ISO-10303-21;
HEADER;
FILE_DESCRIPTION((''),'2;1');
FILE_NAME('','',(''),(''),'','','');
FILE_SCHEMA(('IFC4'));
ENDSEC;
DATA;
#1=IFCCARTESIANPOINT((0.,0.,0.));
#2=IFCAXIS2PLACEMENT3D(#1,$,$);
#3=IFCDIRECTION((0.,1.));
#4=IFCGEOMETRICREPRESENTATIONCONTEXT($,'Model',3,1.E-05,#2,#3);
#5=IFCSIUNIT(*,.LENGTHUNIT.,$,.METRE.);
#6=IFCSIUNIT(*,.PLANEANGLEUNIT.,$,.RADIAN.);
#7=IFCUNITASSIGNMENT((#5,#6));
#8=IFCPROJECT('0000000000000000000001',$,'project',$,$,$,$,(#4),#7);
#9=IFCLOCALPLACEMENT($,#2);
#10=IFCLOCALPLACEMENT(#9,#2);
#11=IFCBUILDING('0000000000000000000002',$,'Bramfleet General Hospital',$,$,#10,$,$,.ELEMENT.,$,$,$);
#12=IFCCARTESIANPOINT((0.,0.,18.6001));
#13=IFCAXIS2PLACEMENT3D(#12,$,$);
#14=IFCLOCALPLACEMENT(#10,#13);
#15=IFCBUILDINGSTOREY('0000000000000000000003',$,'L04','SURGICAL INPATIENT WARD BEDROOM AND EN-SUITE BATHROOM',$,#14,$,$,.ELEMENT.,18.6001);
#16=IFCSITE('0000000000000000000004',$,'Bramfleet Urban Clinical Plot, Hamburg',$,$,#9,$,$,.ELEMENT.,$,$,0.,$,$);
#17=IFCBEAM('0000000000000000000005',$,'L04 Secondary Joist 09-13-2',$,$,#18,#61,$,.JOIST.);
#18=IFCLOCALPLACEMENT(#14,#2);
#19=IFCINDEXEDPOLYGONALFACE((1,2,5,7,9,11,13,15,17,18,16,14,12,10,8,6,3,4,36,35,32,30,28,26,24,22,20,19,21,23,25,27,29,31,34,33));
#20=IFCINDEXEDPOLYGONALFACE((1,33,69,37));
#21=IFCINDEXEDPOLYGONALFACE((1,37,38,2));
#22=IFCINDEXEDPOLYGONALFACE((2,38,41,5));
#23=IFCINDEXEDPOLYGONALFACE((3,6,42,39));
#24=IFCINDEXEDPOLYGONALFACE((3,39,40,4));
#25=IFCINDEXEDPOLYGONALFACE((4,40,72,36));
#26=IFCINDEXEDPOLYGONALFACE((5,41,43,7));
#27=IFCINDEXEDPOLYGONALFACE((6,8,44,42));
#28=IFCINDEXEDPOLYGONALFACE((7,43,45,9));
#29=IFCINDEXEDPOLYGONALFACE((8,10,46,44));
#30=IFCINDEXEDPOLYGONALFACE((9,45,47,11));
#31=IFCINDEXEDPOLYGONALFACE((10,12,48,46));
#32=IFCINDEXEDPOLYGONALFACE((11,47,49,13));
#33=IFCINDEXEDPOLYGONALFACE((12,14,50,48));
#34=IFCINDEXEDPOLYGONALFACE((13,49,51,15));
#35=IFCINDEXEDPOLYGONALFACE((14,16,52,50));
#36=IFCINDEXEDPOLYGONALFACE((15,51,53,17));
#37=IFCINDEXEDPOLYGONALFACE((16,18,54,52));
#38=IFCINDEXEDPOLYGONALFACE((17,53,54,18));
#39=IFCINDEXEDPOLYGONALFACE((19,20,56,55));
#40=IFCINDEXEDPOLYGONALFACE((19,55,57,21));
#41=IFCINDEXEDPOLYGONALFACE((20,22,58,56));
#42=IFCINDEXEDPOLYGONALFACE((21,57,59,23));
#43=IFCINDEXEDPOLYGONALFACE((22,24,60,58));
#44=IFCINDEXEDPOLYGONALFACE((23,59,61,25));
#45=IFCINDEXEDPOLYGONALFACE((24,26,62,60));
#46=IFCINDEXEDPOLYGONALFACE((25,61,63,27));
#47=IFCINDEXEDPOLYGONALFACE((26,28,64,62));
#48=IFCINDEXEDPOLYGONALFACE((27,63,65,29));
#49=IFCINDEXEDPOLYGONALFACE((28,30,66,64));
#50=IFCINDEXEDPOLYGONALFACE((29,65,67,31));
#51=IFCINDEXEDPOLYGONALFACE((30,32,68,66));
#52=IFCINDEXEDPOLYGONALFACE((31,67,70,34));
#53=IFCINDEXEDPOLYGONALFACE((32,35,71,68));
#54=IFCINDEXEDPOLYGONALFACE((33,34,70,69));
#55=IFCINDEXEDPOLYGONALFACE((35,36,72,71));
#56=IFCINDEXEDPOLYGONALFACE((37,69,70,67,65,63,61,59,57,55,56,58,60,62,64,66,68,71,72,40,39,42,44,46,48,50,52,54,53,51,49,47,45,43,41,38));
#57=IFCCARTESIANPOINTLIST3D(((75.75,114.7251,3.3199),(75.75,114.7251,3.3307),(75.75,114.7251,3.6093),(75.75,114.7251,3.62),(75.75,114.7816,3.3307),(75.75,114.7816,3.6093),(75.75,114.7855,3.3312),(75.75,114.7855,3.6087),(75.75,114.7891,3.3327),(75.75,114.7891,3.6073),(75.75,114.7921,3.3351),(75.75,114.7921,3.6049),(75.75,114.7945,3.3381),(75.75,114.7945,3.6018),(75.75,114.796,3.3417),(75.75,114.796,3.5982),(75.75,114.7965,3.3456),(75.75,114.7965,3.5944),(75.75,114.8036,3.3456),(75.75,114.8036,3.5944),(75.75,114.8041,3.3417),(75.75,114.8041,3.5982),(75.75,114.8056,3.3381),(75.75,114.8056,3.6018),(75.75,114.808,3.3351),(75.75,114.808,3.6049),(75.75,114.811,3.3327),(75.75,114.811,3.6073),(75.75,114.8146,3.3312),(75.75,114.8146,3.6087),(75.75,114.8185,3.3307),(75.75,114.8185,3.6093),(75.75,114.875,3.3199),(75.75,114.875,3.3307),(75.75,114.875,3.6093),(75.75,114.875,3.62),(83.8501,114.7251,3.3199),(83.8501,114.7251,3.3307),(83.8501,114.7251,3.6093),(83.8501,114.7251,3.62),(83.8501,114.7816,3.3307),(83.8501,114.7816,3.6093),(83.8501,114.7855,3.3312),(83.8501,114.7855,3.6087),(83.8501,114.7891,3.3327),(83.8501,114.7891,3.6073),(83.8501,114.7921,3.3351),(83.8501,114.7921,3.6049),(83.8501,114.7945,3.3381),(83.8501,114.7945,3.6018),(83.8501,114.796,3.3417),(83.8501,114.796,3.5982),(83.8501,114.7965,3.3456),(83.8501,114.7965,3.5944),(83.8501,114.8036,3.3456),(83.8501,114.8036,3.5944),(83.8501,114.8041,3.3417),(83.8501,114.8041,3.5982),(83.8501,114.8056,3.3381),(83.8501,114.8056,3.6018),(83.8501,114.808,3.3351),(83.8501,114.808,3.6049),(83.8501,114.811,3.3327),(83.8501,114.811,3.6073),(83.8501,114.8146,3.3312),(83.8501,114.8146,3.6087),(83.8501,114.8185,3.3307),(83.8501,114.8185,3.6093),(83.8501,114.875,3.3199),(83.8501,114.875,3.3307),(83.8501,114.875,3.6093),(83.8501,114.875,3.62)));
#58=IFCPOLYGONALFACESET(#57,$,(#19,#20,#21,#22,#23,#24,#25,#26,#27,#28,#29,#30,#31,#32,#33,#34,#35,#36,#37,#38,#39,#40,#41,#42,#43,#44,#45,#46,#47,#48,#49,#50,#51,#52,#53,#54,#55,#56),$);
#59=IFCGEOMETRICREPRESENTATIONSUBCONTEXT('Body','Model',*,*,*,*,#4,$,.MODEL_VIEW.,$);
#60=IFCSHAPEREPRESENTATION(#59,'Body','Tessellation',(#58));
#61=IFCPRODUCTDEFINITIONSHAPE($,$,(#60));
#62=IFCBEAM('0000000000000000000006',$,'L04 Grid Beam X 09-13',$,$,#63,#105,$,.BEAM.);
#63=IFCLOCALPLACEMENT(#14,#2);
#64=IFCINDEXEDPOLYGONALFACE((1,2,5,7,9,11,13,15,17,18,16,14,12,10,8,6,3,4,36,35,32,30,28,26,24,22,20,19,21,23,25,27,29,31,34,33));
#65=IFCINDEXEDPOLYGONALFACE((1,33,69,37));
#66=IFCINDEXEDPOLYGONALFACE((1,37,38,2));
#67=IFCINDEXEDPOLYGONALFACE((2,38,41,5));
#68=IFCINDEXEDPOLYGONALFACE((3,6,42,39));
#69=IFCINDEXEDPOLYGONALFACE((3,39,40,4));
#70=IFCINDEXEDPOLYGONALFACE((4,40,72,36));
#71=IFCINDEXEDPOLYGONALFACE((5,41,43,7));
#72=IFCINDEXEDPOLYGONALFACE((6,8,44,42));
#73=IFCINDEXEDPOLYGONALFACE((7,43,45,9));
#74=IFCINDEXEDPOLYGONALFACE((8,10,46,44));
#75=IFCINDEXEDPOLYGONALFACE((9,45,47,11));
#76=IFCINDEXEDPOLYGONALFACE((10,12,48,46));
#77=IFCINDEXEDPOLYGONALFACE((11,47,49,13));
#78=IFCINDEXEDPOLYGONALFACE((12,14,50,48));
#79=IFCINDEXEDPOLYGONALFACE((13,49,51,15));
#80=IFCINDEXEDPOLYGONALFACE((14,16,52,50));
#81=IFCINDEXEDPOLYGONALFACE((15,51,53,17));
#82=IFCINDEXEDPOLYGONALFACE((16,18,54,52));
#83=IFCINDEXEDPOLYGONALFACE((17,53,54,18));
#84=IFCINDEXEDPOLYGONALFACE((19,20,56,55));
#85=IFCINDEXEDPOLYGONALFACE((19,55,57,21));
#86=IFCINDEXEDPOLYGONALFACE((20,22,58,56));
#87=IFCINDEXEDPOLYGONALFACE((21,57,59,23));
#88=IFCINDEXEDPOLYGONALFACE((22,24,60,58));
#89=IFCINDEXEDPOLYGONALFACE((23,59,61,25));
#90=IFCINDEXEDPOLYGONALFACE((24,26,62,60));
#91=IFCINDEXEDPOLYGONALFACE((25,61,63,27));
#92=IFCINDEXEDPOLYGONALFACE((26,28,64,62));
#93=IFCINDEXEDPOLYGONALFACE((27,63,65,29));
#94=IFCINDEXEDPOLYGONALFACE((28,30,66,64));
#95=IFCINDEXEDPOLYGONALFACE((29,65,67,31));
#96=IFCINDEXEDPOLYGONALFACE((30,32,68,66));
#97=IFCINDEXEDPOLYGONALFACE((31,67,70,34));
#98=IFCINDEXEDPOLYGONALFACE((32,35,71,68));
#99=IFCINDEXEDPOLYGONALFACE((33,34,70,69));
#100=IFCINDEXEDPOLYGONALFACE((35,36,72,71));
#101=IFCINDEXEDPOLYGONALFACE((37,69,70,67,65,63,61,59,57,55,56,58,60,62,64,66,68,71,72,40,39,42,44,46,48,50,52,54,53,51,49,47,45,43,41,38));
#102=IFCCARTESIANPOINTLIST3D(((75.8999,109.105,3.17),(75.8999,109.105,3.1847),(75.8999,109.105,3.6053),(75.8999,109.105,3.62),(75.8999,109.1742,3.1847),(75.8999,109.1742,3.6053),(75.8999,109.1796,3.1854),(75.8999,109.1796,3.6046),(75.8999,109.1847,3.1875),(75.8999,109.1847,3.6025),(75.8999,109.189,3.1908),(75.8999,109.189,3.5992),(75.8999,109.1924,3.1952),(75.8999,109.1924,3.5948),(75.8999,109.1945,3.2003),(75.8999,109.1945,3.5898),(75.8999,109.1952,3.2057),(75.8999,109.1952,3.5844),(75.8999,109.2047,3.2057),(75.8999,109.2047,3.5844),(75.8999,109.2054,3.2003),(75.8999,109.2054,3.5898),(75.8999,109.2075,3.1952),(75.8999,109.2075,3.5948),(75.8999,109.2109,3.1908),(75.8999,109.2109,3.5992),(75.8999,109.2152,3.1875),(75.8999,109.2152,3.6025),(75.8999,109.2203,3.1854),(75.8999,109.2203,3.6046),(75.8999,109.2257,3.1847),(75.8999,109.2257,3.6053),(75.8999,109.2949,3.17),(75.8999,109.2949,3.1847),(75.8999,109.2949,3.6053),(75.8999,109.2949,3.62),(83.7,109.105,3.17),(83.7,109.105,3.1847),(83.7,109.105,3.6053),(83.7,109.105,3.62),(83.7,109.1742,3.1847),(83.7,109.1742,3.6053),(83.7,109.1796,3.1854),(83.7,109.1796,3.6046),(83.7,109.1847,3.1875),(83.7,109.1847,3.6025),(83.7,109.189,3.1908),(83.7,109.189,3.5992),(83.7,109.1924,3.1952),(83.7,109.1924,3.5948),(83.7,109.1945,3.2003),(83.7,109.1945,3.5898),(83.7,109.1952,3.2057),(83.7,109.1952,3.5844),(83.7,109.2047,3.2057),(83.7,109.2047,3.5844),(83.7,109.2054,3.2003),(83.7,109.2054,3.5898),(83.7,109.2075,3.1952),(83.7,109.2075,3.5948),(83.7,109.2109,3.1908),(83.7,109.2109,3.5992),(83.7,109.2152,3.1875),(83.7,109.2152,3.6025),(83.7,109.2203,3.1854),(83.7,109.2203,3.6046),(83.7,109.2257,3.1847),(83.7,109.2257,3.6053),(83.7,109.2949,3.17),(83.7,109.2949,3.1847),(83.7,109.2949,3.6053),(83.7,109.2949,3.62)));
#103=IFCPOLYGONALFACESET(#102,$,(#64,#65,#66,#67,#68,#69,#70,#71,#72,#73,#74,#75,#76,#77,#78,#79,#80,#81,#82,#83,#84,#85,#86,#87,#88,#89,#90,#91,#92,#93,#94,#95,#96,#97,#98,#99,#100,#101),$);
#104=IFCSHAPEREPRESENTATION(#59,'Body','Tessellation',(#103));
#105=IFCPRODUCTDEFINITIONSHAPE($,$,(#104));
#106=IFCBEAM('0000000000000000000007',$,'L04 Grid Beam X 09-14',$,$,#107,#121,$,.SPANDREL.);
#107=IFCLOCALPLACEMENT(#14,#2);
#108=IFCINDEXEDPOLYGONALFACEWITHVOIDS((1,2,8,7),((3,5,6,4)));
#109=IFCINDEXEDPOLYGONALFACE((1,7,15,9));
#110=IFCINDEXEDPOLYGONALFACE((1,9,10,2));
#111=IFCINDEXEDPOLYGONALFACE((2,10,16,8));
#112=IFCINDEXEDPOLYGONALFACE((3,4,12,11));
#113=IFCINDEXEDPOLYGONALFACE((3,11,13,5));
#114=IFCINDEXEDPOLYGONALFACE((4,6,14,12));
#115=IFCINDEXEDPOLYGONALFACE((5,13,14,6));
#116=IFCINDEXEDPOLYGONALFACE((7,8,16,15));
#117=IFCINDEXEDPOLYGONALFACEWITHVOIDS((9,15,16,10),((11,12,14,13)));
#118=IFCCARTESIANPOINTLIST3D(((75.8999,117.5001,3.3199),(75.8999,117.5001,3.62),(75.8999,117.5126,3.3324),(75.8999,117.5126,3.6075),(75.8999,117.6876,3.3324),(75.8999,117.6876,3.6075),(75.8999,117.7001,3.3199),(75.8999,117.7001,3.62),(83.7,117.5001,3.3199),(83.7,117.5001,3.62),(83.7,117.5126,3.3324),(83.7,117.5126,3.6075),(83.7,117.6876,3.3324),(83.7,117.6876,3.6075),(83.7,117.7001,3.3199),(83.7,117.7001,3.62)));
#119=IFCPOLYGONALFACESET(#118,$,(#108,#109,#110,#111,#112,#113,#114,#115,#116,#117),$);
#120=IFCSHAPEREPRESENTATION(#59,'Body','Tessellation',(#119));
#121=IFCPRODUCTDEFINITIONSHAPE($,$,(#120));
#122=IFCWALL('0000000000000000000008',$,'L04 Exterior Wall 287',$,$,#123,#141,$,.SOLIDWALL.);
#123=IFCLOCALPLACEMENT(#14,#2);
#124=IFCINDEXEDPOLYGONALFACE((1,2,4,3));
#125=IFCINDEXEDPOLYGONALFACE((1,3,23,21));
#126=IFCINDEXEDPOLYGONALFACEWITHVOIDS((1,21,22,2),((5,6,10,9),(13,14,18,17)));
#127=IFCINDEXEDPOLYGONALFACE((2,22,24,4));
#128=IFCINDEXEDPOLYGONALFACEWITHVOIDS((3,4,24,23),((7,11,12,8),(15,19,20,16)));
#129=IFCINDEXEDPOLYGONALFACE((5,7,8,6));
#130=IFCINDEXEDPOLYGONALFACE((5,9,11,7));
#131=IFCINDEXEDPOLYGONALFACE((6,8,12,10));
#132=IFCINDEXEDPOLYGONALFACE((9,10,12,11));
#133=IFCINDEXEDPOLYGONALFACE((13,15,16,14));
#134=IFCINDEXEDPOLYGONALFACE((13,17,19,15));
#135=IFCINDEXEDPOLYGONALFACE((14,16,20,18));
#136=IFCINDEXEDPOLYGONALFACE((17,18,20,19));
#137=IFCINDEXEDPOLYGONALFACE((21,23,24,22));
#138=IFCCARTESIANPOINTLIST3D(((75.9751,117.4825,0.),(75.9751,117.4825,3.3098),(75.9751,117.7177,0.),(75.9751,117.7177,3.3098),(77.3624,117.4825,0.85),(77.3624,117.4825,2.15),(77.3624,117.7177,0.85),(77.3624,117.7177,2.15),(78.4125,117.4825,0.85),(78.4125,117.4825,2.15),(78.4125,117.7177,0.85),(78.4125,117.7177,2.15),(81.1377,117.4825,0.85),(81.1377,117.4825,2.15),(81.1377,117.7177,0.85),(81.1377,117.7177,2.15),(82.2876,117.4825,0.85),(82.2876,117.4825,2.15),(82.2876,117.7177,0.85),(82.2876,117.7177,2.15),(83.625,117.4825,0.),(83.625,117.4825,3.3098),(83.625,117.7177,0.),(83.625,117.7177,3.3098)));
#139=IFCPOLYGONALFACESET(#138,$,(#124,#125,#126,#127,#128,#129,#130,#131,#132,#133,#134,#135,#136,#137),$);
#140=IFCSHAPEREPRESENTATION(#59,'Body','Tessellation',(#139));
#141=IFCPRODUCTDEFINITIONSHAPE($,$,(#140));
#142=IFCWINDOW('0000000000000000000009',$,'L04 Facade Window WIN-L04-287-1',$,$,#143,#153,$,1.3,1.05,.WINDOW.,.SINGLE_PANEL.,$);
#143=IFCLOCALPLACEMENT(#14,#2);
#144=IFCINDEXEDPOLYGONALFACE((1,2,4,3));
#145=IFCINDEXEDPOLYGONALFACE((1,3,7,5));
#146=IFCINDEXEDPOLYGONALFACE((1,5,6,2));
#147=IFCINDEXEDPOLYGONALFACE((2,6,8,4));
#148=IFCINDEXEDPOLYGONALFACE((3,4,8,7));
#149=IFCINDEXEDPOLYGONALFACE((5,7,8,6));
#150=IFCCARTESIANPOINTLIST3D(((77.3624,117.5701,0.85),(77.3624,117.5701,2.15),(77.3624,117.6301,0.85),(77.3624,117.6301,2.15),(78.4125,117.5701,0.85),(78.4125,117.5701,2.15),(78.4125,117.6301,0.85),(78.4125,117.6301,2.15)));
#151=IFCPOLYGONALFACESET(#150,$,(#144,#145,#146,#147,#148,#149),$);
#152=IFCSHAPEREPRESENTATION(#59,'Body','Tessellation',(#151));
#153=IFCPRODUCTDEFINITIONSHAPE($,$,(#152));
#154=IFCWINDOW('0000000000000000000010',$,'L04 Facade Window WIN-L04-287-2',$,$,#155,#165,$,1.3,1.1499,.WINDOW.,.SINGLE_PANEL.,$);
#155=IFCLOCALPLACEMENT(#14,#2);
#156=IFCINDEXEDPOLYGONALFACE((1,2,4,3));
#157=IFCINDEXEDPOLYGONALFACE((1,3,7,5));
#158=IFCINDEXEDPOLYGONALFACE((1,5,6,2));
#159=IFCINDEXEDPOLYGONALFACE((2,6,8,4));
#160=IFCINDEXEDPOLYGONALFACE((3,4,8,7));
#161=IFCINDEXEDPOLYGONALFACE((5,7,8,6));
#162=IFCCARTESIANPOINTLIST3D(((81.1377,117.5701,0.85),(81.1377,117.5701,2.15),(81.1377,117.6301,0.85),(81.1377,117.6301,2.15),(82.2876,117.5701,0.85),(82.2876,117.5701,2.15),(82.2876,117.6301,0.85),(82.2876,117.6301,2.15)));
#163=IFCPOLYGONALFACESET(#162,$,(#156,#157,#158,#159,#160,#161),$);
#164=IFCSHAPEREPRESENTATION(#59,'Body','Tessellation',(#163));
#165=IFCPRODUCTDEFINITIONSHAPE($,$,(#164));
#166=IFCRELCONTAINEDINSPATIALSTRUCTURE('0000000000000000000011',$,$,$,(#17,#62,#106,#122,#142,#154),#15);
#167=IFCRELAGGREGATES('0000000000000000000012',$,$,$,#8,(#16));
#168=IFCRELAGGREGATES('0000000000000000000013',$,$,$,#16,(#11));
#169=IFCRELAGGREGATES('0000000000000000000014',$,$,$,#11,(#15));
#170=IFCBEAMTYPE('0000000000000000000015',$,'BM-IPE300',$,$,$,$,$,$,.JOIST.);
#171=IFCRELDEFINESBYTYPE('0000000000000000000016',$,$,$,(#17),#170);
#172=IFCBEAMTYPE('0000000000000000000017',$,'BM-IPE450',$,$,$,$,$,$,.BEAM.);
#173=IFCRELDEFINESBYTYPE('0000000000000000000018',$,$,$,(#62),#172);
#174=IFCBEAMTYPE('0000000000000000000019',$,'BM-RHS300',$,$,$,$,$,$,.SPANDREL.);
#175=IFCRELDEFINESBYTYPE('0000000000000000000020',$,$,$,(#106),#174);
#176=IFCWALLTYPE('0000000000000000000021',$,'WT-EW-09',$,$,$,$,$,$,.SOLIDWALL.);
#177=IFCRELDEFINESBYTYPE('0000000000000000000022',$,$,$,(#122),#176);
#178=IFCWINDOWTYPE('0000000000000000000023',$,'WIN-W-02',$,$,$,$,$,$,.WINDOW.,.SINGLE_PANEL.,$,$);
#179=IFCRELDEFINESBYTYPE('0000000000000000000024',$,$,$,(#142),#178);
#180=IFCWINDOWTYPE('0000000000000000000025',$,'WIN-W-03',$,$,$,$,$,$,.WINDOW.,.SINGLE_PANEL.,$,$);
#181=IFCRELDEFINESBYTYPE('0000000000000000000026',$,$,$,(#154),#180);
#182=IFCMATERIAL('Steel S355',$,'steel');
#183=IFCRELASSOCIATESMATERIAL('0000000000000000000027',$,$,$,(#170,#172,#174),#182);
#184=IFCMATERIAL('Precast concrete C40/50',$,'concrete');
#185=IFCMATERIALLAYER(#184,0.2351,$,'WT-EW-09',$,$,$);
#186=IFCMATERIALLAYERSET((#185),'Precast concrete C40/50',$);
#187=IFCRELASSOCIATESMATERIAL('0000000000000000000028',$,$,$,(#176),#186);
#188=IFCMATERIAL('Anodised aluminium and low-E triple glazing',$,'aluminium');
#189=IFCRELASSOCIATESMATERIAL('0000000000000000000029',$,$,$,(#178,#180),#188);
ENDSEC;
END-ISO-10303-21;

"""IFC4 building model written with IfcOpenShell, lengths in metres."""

from ifc_helpers import new_model, si_unit, direction, frame, frame_2d, origin, origin_2d, place, context, subcontext, project, spatial, rectangle, hollow_rectangle, i_section, extrude, material, layer, layer_set, material_profile, profile_set, type_object, element, fill, save


model = new_model("IFC4")

# Units and contexts
model_context = context("Model", 3, precision=1e-05, world=origin(), true_north=direction((0.0, 1.0)))
body_context = subcontext(model_context, "Body", "Model", "MODEL_VIEW")
ifc_project = project(units=[si_unit("LENGTHUNIT", "METRE"), si_unit("PLANEANGLEUNIT", "RADIAN")], contexts=[model_context])

# Site, building, storey
site_placement = place(None, origin())
site = spatial("IfcSite", under=ifc_project, at=site_placement, Name="Bramfleet Urban Clinical Plot, Hamburg", CompositionType="ELEMENT", RefElevation=0.0)
building_placement = place(site_placement, origin())
building = spatial("IfcBuilding", under=site, at=building_placement, Name="Bramfleet General Hospital", CompositionType="ELEMENT")
storey_placement = place(building_placement, frame((0.0, 0.0, 18.6001)))
storey = spatial("IfcBuildingStorey", under=building, at=storey_placement, Name="L04", Description="SURGICAL INPATIENT WARD BEDROOM AND EN-SUITE BATHROOM", CompositionType="ELEMENT", Elevation=18.6001)

# Beams
ifc_material_1 = material(Name="Steel S355", Category="steel")
ifc_material_profile_1 = material_profile(ifc_material_1, i_section(OverallWidth=0.1499, OverallDepth=0.3, WebThickness=0.0071, FlangeThickness=0.0107, FilletRadius=0.0149, at=origin_2d()), Name="IPE 300")
ifc_profile_set_1 = profile_set([ifc_material_profile_1], Name="Steel S355")
beam_type_1 = type_object("IfcBeamType", Name="BM-IPE300", PredefinedType="JOIST", material=ifc_profile_set_1)
for number, where, z_axis, x_axis, name in (
    (1, (75.75, 114.8, 3.47), (1.0, 0.0, 0.0), (0.0, 1.0, 0.0), "L04 Secondary Joist 09-13-2"),
):
    element("IfcBeam", number, at=place(storey_placement, frame(where, z_axis=z_axis, x_axis=x_axis)), inside=storey, type_object=beam_type_1, Name=name, PredefinedType="JOIST", context=body_context, shape_type="SweptSolid", body=[
        extrude(i_section(OverallWidth=0.1499, OverallDepth=0.3, WebThickness=0.0071, FlangeThickness=0.0107, FilletRadius=0.0149, at=origin_2d()), origin(), (0.0, 0.0, 1.0), 8.1001),
    ])
ifc_material_profile_2 = material_profile(ifc_material_1, i_section(OverallWidth=0.1899, OverallDepth=0.45, WebThickness=0.0095, FlangeThickness=0.0146, FilletRadius=0.021, at=origin_2d()), Name="IPE 450")
ifc_profile_set_2 = profile_set([ifc_material_profile_2], Name="Steel S355")
beam_type_2 = type_object("IfcBeamType", Name="BM-IPE450", PredefinedType="BEAM", material=ifc_profile_set_2)
beam_1_placement = place(storey_placement, frame((75.8999, 109.2, 3.395), z_axis=(1.0, 0.0, 0.0), x_axis=(0.0, 1.0, 0.0)))
element("IfcBeam", 2, at=beam_1_placement, inside=storey, type_object=beam_type_2, Name="L04 Grid Beam X 09-13", PredefinedType="BEAM", context=body_context, shape_type="SweptSolid", body=[
    extrude(i_section(OverallWidth=0.1899, OverallDepth=0.45, WebThickness=0.0095, FlangeThickness=0.0146, FilletRadius=0.021, at=origin_2d()), origin(), (0.0, 0.0, 1.0), 7.8),
])
ifc_material_profile_3 = material_profile(ifc_material_1, hollow_rectangle(XDim=0.2, YDim=0.3, WallThickness=0.0125, at=origin_2d()), Name="RHS 300x200x12.5")
ifc_profile_set_3 = profile_set([ifc_material_profile_3], Name="Steel S355")
beam_type_3 = type_object("IfcBeamType", Name="BM-RHS300", PredefinedType="SPANDREL", material=ifc_profile_set_3)
beam_2_placement = place(storey_placement, frame((75.8999, 117.6001, 3.47), z_axis=(1.0, 0.0, 0.0), x_axis=(0.0, 1.0, 0.0)))
element("IfcBeam", 3, at=beam_2_placement, inside=storey, type_object=beam_type_3, Name="L04 Grid Beam X 09-14", PredefinedType="SPANDREL", context=body_context, shape_type="SweptSolid", body=[
    extrude(hollow_rectangle(XDim=0.2, YDim=0.3, WallThickness=0.0125, at=origin_2d()), origin(), (0.0, 0.0, 1.0), 7.8),
])

# Wall, openings, windows
ifc_material_2 = material(Name="Precast concrete C40/50", Category="concrete")
ifc_layer_1 = layer(ifc_material_2, 0.2351, Name="WT-EW-09")
ifc_layer_set_1 = layer_set([ifc_layer_1], Name="Precast concrete C40/50")
wall_type_1 = type_object("IfcWallType", Name="WT-EW-09", PredefinedType="SOLIDWALL", material=ifc_layer_set_1)
wall_1_placement = place(storey_placement, frame((75.9751, 117.6001, 0.0), z_axis=(0.0, 0.0, 1.0), x_axis=(1.0, 0.0, 0.0)))
wall_1 = element("IfcWall", 4, at=wall_1_placement, inside=storey, type_object=wall_type_1, Name="L04 Exterior Wall 287", PredefinedType="SOLIDWALL", context=body_context, shape_type="SweptSolid", body=[
    extrude(rectangle(XDim=7.6499, YDim=0.2351, at=frame_2d((3.825, 0.0))), origin(), (0.0, 0.0, 1.0), 3.3098),
])
opening_1_placement = place(wall_1_placement, frame((1.3875, 0.0, 0.8501)))
opening_1 = element("IfcOpeningElement", 5, at=opening_1_placement, cuts=wall_1, PredefinedType="OPENING", context=body_context, shape_type="SweptSolid", body=[
    extrude(rectangle(XDim=1.05, YDim=1.3, at=frame_2d((0.5249, 0.6499))), frame((0.0, 0.1274, 0.0), z_axis=(0.0, -1.0, 0.0), x_axis=(1.0, 0.0, 0.0)), (0.0, 0.0, 1.0), 0.2551),
])
opening_2_placement = place(wall_1_placement, frame((5.1626, 0.0, 0.8501)))
opening_2 = element("IfcOpeningElement", 6, at=opening_2_placement, cuts=wall_1, PredefinedType="OPENING", context=body_context, shape_type="SweptSolid", body=[
    extrude(rectangle(XDim=1.1499, YDim=1.3, at=frame_2d((0.575, 0.6499))), frame((0.0, 0.1274, 0.0), z_axis=(0.0, -1.0, 0.0), x_axis=(1.0, 0.0, 0.0)), (0.0, 0.0, 1.0), 0.2551),
])
ifc_material_3 = material(Name="Anodised aluminium and low-E triple glazing", Category="aluminium")
window_type_1 = type_object("IfcWindowType", Name="WIN-W-02", PartitioningType="SINGLE_PANEL", PredefinedType="WINDOW", material=ifc_material_3)
window_1_placement = place(opening_1_placement, origin())
window_1 = element("IfcWindow", 7, at=window_1_placement, inside=storey, type_object=window_type_1, Name="L04 Facade Window WIN-L04-287-1", OverallHeight=1.3, OverallWidth=1.05, PartitioningType="SINGLE_PANEL", PredefinedType="WINDOW", context=body_context, shape_type="SweptSolid", body=[
    extrude(rectangle(XDim=1.05, YDim=1.3, at=frame_2d((0.5249, 0.6499))), frame((0.0, 0.03, 0.0), z_axis=(0.0, -1.0, 0.0), x_axis=(1.0, 0.0, 0.0)), (0.0, 0.0, 1.0), 0.0601),
])
fill(opening_1, window_1)
window_type_2 = type_object("IfcWindowType", Name="WIN-W-03", PartitioningType="SINGLE_PANEL", PredefinedType="WINDOW", material=ifc_material_3)
window_2_placement = place(opening_2_placement, origin())
window_2 = element("IfcWindow", 8, at=window_2_placement, inside=storey, type_object=window_type_2, Name="L04 Facade Window WIN-L04-287-2", OverallHeight=1.3, OverallWidth=1.1499, PartitioningType="SINGLE_PANEL", PredefinedType="WINDOW", context=body_context, shape_type="SweptSolid", body=[
    extrude(rectangle(XDim=1.1499, YDim=1.3, at=frame_2d((0.575, 0.6499))), frame((0.0, 0.03, 0.0), z_axis=(0.0, -1.0, 0.0), x_axis=(1.0, 0.0, 0.0)), (0.0, 0.0, 1.0), 0.0601),
])
fill(opening_2, window_2)

save(model, "model.ifc")
